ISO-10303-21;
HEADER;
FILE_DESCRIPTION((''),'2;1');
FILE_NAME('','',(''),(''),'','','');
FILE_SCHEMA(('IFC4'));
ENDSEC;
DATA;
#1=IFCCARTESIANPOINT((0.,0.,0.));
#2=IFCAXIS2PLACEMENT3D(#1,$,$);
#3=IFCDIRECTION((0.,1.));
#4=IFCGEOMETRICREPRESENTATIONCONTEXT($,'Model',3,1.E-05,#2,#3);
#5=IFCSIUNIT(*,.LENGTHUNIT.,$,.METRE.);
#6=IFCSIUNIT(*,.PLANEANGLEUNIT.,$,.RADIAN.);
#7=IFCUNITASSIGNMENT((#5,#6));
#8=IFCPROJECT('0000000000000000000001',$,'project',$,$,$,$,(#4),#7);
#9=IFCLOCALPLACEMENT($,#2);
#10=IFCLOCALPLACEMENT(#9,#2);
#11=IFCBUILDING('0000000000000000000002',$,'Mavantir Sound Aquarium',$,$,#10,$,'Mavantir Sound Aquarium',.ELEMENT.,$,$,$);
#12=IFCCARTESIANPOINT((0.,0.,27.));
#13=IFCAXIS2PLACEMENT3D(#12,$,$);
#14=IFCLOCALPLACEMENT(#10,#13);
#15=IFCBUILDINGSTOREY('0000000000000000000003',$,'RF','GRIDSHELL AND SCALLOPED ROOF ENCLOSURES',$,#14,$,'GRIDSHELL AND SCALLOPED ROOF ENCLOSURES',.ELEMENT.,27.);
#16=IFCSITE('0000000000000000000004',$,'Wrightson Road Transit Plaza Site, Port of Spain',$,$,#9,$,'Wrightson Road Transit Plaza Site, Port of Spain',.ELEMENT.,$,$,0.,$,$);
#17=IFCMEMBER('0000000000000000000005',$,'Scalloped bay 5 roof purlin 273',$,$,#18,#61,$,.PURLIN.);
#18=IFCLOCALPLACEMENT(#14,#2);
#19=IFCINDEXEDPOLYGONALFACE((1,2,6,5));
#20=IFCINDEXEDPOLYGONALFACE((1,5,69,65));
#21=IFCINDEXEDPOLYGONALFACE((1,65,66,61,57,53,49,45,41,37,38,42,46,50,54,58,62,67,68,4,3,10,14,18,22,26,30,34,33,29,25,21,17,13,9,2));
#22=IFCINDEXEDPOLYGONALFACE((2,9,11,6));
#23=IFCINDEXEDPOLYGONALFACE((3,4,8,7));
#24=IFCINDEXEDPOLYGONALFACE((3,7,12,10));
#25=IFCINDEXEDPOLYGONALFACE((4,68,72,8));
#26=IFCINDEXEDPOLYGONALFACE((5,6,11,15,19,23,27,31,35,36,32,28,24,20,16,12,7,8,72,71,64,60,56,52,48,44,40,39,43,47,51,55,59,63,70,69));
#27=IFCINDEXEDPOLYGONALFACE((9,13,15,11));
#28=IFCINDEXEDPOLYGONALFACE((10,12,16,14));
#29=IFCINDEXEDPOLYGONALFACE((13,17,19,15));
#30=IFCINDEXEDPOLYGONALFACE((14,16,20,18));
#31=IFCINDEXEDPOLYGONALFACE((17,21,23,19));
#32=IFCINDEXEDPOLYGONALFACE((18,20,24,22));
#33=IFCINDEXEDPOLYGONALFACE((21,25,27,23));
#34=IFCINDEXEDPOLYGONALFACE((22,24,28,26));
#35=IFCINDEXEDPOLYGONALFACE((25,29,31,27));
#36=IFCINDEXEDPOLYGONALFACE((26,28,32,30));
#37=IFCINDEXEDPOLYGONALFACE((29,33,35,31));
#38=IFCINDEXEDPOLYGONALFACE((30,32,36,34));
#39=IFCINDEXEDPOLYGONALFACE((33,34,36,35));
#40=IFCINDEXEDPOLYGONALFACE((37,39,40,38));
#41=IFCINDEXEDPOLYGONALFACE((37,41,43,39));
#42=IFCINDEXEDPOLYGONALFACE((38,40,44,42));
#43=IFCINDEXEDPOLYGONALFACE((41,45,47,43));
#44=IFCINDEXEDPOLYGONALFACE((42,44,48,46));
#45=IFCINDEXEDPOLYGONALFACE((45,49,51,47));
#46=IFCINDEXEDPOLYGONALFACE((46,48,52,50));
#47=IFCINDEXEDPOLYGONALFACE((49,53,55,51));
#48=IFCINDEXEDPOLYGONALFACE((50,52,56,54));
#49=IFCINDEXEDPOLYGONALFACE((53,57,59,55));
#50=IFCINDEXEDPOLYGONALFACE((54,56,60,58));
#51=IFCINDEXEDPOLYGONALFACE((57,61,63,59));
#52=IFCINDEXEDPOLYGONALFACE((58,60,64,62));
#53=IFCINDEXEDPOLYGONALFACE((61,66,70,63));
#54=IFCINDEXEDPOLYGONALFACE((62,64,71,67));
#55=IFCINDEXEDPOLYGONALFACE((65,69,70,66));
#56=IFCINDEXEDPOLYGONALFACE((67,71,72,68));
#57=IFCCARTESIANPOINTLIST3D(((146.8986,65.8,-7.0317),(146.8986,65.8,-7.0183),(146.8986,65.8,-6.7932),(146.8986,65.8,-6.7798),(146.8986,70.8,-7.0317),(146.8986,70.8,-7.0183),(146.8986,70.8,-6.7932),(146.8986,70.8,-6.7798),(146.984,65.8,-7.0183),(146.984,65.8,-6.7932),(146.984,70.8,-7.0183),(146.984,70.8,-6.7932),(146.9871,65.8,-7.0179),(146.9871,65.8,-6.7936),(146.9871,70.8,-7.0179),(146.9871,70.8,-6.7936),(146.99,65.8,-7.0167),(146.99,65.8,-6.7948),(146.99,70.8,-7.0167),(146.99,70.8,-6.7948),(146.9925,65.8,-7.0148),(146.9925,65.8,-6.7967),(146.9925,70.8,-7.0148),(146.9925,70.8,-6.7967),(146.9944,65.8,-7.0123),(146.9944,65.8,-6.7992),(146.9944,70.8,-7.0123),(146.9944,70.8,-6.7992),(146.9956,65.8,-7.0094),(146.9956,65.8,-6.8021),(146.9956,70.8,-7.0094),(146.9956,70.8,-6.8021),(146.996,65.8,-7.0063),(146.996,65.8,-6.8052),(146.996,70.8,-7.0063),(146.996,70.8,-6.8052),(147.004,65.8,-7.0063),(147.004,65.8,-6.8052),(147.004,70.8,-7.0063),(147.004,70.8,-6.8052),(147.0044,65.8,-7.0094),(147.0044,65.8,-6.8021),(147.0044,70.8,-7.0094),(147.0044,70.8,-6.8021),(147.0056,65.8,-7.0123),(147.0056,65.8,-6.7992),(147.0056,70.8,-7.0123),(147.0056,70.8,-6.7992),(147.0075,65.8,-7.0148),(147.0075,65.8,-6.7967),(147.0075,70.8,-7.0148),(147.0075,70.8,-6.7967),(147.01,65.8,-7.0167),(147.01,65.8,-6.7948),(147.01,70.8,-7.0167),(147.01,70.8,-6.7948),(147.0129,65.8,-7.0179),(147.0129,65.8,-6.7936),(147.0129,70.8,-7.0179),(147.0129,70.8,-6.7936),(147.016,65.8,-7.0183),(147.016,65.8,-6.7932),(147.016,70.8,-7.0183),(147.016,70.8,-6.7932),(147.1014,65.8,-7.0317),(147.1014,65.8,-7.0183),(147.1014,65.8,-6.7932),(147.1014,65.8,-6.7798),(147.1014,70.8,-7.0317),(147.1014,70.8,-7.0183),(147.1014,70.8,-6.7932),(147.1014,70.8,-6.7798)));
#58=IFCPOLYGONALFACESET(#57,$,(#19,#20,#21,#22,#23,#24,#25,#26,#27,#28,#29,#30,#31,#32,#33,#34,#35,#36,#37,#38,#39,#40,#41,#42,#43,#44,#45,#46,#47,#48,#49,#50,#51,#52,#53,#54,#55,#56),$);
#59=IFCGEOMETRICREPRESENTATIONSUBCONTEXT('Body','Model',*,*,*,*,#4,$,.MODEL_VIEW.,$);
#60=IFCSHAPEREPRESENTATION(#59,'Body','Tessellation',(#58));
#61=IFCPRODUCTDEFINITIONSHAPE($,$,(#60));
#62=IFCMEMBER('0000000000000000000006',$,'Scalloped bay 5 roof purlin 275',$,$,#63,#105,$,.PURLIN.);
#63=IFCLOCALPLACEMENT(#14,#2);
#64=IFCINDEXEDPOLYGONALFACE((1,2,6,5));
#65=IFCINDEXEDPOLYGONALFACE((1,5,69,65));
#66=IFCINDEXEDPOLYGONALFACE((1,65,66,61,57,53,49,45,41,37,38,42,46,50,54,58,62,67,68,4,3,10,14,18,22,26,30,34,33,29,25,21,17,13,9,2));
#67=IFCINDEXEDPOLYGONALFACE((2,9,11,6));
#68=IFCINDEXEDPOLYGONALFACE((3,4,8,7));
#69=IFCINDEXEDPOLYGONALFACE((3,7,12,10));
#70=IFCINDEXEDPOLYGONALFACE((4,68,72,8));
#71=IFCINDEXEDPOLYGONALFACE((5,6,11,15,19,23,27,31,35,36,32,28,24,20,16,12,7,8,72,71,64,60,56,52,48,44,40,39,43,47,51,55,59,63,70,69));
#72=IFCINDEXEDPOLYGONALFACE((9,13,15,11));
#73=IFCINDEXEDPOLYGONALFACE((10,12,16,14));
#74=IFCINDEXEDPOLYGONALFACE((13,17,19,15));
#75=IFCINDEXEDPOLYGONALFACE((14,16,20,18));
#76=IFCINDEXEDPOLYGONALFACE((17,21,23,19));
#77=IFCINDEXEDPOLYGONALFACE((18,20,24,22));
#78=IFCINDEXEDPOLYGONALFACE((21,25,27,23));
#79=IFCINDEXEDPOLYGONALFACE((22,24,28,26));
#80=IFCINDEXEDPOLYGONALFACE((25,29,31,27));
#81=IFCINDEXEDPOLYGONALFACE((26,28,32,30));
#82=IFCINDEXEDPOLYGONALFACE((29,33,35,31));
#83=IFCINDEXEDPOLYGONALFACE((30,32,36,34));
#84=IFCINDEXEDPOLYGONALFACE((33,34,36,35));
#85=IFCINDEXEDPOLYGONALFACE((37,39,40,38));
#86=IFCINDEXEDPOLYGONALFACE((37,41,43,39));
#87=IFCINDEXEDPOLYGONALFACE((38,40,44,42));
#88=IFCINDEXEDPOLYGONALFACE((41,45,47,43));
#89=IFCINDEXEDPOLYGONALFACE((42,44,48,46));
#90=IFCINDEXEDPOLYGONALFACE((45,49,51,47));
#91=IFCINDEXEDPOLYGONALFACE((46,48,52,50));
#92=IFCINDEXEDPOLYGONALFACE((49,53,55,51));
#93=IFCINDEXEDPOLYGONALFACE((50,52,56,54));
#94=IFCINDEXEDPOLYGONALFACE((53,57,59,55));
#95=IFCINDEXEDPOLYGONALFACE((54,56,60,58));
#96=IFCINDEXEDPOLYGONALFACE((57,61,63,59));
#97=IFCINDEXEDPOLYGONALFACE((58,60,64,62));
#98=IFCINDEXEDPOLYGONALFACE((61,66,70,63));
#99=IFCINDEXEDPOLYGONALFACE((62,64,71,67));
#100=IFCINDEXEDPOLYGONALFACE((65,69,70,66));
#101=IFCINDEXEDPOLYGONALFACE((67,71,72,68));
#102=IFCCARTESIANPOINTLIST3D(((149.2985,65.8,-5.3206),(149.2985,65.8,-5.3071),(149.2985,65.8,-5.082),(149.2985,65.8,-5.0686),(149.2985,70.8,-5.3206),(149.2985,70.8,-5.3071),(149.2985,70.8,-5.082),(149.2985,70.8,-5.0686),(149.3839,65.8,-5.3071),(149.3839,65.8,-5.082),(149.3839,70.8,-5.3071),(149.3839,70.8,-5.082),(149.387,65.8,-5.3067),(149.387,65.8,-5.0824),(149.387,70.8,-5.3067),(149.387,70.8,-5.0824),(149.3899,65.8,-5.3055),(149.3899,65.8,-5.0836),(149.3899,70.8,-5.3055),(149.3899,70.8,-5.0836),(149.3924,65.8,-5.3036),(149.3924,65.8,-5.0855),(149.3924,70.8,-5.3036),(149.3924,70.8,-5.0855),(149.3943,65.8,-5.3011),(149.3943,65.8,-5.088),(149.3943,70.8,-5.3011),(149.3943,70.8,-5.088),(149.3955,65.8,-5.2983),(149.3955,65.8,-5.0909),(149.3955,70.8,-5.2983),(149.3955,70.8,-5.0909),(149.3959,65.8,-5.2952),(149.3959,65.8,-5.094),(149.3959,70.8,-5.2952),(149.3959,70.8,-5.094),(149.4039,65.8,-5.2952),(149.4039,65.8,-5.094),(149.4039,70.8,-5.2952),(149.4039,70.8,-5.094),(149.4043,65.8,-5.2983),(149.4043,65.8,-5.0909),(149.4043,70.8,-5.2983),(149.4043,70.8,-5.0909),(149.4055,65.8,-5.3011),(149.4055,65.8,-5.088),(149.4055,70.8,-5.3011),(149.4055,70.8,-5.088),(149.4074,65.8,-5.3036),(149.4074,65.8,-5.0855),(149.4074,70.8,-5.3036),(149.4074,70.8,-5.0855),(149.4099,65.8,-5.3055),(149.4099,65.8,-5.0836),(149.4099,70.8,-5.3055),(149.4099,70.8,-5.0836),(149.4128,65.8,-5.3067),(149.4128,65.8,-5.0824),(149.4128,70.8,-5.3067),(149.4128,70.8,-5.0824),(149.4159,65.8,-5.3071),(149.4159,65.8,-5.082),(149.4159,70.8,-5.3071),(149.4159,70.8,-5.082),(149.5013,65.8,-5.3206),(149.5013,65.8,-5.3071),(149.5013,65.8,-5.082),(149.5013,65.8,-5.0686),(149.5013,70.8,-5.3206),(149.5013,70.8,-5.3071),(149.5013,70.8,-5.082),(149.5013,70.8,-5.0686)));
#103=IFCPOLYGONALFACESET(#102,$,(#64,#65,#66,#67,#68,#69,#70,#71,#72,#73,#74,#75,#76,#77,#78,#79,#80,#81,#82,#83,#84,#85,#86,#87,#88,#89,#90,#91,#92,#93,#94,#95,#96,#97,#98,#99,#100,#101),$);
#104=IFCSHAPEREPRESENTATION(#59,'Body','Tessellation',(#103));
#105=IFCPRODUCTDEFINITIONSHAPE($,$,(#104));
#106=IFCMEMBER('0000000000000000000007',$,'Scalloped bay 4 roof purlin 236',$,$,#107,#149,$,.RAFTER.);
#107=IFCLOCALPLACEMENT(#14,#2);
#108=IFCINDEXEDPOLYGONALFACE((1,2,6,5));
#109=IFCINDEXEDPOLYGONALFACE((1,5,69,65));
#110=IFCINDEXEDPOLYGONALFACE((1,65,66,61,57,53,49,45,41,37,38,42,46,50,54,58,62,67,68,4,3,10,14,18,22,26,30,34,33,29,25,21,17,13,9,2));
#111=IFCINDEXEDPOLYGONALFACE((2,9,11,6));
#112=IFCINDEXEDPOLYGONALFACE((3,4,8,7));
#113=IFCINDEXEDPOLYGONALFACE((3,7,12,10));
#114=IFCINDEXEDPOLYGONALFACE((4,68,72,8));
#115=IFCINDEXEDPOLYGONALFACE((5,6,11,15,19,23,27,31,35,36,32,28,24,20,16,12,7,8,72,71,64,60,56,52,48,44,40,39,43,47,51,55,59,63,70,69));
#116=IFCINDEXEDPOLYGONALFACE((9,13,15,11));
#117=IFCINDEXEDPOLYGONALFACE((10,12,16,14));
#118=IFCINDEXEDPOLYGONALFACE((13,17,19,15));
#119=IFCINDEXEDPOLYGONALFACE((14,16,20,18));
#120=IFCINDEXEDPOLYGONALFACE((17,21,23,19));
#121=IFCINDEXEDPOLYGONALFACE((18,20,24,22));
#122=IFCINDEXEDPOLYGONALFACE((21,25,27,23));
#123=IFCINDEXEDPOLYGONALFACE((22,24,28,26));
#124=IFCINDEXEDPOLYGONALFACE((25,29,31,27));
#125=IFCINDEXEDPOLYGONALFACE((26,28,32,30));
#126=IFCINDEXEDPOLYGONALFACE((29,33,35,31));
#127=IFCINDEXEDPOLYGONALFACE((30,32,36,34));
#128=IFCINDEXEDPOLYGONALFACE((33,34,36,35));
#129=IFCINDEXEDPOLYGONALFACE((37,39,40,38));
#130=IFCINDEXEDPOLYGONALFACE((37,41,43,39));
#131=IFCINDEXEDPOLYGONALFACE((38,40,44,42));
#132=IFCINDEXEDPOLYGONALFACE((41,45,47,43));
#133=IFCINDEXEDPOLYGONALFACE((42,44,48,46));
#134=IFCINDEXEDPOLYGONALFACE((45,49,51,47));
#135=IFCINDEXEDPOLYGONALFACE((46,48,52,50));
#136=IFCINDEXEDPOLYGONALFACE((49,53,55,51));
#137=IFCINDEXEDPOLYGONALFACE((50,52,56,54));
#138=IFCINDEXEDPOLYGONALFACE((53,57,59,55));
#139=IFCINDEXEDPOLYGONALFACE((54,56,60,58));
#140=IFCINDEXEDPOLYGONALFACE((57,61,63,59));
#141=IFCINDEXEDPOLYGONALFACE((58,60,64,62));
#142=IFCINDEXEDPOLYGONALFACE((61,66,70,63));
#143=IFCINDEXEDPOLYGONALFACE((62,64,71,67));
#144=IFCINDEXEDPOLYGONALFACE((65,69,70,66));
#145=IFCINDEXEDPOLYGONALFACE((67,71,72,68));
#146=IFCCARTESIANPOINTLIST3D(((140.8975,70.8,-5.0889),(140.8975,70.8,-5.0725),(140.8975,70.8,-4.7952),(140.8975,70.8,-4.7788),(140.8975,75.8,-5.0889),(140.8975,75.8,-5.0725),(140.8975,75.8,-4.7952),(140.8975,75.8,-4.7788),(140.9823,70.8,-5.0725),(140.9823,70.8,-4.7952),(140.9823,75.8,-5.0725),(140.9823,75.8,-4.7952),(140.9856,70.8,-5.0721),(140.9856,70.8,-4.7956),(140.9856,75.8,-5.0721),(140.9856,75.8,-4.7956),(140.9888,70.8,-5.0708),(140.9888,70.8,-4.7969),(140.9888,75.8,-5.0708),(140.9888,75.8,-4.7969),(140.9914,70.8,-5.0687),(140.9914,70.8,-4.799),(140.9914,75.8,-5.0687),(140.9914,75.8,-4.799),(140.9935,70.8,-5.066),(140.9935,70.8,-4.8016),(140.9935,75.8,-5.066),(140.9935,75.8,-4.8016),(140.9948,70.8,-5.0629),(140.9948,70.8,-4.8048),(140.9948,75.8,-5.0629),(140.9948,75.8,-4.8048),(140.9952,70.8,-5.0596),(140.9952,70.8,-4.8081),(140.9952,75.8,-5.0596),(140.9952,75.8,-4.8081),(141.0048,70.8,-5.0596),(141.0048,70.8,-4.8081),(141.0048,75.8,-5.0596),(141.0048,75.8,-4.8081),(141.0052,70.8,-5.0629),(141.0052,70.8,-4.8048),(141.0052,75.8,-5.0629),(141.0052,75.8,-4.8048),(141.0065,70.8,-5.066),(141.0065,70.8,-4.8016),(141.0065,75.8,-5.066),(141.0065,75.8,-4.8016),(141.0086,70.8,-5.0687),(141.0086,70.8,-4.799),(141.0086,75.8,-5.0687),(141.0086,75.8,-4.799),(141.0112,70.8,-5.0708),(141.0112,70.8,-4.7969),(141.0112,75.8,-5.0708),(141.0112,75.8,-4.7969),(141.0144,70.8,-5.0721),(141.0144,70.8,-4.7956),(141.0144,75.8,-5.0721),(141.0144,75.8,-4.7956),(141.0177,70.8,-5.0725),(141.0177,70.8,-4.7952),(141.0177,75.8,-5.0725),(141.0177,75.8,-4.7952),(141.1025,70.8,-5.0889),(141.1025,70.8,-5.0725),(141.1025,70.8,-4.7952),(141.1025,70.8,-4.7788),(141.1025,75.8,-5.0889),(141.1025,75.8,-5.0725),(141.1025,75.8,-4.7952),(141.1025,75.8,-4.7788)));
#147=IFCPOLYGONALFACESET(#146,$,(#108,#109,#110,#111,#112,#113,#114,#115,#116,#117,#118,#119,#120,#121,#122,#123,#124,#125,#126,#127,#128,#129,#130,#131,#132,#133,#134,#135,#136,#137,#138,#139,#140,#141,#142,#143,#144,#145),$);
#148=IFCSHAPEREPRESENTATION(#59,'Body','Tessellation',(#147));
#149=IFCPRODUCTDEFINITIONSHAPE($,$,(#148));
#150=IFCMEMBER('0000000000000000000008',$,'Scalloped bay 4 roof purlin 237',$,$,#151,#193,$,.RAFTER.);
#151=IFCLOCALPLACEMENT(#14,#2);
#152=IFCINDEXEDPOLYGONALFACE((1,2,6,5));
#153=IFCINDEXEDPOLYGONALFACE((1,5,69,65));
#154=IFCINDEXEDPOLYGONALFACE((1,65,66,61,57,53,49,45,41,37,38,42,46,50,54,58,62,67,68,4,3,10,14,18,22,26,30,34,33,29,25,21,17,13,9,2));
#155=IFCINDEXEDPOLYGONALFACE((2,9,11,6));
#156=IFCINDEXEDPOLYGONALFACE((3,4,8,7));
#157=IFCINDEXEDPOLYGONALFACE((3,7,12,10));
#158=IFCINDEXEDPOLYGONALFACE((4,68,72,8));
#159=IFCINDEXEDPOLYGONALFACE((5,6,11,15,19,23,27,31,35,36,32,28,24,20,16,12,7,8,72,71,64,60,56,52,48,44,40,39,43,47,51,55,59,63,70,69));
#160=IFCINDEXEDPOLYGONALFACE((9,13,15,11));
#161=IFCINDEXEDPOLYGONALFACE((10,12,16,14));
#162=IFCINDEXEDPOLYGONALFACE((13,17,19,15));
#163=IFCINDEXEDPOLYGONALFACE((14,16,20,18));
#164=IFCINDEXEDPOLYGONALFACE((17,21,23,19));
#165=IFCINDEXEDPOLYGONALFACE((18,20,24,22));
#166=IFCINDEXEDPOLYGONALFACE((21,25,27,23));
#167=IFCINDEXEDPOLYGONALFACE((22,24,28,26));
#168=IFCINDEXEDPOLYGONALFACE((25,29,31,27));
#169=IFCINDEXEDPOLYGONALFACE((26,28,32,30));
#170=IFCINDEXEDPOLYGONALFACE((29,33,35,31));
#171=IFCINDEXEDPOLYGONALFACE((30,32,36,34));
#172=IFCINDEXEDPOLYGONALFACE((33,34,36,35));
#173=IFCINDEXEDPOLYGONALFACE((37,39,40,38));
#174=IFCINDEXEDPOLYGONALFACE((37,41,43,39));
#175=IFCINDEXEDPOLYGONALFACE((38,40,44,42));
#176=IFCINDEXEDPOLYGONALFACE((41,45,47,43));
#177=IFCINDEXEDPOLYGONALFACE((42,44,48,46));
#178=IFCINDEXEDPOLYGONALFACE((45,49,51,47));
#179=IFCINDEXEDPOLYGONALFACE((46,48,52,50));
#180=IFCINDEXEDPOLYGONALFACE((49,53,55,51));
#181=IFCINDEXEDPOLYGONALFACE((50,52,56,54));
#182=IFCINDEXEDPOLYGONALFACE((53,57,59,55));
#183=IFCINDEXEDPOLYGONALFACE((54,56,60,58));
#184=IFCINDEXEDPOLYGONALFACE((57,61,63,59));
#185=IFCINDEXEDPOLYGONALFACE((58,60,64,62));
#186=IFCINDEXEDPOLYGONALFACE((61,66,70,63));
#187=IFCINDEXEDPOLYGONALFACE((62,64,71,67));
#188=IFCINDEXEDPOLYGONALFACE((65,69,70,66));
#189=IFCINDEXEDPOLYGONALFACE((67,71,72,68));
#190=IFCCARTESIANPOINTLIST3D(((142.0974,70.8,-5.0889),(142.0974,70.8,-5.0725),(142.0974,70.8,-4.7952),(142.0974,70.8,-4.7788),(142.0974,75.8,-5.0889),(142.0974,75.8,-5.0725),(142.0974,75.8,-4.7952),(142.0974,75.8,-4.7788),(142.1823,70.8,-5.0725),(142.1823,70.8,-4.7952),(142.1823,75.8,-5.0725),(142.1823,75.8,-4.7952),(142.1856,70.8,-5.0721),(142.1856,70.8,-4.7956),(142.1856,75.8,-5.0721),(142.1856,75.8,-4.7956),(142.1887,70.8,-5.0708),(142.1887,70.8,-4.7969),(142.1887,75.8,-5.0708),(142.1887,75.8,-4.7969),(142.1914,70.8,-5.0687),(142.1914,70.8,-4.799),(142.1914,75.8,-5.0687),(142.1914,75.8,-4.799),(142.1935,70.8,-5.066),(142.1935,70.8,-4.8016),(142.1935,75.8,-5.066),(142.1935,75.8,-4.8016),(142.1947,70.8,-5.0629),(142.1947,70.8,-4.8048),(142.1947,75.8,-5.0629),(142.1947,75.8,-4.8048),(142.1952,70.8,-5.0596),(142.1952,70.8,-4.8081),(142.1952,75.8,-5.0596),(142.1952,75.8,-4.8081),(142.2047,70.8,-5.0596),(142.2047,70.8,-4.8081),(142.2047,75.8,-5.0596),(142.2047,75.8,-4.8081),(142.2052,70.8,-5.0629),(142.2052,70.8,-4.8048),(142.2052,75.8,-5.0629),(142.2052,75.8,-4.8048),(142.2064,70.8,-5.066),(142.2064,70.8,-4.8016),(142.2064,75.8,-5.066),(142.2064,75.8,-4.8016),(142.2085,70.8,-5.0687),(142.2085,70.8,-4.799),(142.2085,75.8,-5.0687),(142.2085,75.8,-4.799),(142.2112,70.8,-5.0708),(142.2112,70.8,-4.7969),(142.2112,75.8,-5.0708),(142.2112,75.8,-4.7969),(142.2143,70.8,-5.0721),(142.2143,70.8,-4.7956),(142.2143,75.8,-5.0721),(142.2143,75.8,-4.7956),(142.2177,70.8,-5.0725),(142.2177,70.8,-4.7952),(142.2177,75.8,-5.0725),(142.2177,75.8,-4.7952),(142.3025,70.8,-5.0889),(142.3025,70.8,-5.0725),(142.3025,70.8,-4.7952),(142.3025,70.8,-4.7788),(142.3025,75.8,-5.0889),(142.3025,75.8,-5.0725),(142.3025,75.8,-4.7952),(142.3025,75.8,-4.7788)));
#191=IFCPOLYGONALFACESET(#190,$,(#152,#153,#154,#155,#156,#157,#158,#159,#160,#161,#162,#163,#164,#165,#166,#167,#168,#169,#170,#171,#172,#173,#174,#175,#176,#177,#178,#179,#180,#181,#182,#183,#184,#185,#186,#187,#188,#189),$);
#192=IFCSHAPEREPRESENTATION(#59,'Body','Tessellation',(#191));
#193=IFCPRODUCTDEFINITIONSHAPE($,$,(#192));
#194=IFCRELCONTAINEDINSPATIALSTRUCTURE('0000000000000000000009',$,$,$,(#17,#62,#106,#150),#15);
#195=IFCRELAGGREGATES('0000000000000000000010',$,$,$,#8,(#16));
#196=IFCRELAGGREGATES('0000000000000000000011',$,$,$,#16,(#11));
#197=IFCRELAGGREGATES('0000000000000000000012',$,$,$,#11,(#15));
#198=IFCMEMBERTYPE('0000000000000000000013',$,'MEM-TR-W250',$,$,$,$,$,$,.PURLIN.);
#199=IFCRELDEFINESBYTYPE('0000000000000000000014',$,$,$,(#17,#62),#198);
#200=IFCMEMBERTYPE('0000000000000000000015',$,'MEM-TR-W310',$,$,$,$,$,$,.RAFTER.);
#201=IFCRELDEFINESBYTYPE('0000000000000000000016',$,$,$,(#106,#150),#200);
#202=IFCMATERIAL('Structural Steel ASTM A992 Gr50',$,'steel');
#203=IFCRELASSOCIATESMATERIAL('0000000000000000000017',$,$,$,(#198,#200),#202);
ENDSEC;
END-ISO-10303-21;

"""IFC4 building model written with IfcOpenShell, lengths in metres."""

from ifc_helpers import new_model, si_unit, direction, frame, origin, origin_2d, place, context, subcontext, project, spatial, i_section, extrude, material, material_profile, profile_set, type_object, element, save


model = new_model("IFC4")

# Units and contexts
model_context = context("Model", 3, precision=1e-05, world=origin(), true_north=direction((0.0, 1.0)))
body_context = subcontext(model_context, "Body", "Model", "MODEL_VIEW")
ifc_project = project(units=[si_unit("LENGTHUNIT", "METRE"), si_unit("PLANEANGLEUNIT", "RADIAN")], contexts=[model_context])

# Site, building, storey
site_placement = place(None, origin())
site = spatial("IfcSite", under=ifc_project, at=site_placement, Name="Wrightson Road Transit Plaza Site, Port of Spain", LongName="Wrightson Road Transit Plaza Site, Port of Spain", CompositionType="ELEMENT", RefElevation=0.0)
building_placement = place(site_placement, origin())
building = spatial("IfcBuilding", under=site, at=building_placement, Name="Mavantir Sound Aquarium", LongName="Mavantir Sound Aquarium", CompositionType="ELEMENT")
storey_placement = place(building_placement, frame((0.0, 0.0, 27.0)))
storey = spatial("IfcBuildingStorey", under=building, at=storey_placement, Name="RF", Description="GRIDSHELL AND SCALLOPED ROOF ENCLOSURES", LongName="GRIDSHELL AND SCALLOPED ROOF ENCLOSURES", CompositionType="ELEMENT", Elevation=27.0)

# Shared definitions
ifc_material_1 = material(Name="Structural Steel ASTM A992 Gr50", Category="steel")

# Members
ifc_material_profile_1 = material_profile(ifc_material_1, i_section(OverallWidth=0.2029, OverallDepth=0.252, WebThickness=0.0081, FlangeThickness=0.0134, FilletRadius=0.012, at=origin_2d()), Name="W250X58")
ifc_profile_set_1 = profile_set([ifc_material_profile_1], Name="Structural Steel ASTM A992 Gr50")
member_type_1 = type_object("IfcMemberType", Name="MEM-TR-W250", PredefinedType="PURLIN", material=ifc_profile_set_1)
for number, where, z_axis, x_axis, name in (
    (1, (147.0, 65.8, -6.9058), (0.0, 1.0, 0.0), (-1.0, 0.0, 0.0), "Scalloped bay 5 roof purlin 273"),
    (2, (149.3999, 65.8, -5.1946), (0.0, 1.0, 0.0), (-1.0, 0.0, 0.0), "Scalloped bay 5 roof purlin 275"),
):
    element("IfcMember", number, at=place(storey_placement, frame(where, z_axis=z_axis, x_axis=x_axis)), inside=storey, type_object=member_type_1, Name=name, PredefinedType="PURLIN", context=body_context, shape_type="SweptSolid", body=[
        extrude(i_section(OverallWidth=0.2029, OverallDepth=0.252, WebThickness=0.0081, FlangeThickness=0.0134, FilletRadius=0.012, at=origin_2d()), origin(), (0.0, 0.0, 1.0), 5.0),
    ])
ifc_material_profile_2 = material_profile(ifc_material_1, i_section(OverallWidth=0.2051, OverallDepth=0.3101, WebThickness=0.0095, FlangeThickness=0.0164, FilletRadius=0.0129, at=origin_2d()), Name="W310X74")
ifc_profile_set_2 = profile_set([ifc_material_profile_2], Name="Structural Steel ASTM A992 Gr50")
member_type_2 = type_object("IfcMemberType", Name="MEM-TR-W310", PredefinedType="RAFTER", material=ifc_profile_set_2)
for number, where, z_axis, x_axis, name in (
    (3, (141.0, 70.8, -4.9338), (0.0, 1.0, 0.0), (-1.0, 0.0, 0.0), "Scalloped bay 4 roof purlin 236"),
    (4, (142.2, 70.8, -4.9338), (0.0, 1.0, 0.0), (-1.0, 0.0, 0.0), "Scalloped bay 4 roof purlin 237"),
):
    element("IfcMember", number, at=place(storey_placement, frame(where, z_axis=z_axis, x_axis=x_axis)), inside=storey, type_object=member_type_2, Name=name, PredefinedType="RAFTER", context=body_context, shape_type="SweptSolid", body=[
        extrude(i_section(OverallWidth=0.2051, OverallDepth=0.3101, WebThickness=0.0095, FlangeThickness=0.0164, FilletRadius=0.0129, at=origin_2d()), origin(), (0.0, 0.0, 1.0), 5.0),
    ])

save(model, "model.ifc")
